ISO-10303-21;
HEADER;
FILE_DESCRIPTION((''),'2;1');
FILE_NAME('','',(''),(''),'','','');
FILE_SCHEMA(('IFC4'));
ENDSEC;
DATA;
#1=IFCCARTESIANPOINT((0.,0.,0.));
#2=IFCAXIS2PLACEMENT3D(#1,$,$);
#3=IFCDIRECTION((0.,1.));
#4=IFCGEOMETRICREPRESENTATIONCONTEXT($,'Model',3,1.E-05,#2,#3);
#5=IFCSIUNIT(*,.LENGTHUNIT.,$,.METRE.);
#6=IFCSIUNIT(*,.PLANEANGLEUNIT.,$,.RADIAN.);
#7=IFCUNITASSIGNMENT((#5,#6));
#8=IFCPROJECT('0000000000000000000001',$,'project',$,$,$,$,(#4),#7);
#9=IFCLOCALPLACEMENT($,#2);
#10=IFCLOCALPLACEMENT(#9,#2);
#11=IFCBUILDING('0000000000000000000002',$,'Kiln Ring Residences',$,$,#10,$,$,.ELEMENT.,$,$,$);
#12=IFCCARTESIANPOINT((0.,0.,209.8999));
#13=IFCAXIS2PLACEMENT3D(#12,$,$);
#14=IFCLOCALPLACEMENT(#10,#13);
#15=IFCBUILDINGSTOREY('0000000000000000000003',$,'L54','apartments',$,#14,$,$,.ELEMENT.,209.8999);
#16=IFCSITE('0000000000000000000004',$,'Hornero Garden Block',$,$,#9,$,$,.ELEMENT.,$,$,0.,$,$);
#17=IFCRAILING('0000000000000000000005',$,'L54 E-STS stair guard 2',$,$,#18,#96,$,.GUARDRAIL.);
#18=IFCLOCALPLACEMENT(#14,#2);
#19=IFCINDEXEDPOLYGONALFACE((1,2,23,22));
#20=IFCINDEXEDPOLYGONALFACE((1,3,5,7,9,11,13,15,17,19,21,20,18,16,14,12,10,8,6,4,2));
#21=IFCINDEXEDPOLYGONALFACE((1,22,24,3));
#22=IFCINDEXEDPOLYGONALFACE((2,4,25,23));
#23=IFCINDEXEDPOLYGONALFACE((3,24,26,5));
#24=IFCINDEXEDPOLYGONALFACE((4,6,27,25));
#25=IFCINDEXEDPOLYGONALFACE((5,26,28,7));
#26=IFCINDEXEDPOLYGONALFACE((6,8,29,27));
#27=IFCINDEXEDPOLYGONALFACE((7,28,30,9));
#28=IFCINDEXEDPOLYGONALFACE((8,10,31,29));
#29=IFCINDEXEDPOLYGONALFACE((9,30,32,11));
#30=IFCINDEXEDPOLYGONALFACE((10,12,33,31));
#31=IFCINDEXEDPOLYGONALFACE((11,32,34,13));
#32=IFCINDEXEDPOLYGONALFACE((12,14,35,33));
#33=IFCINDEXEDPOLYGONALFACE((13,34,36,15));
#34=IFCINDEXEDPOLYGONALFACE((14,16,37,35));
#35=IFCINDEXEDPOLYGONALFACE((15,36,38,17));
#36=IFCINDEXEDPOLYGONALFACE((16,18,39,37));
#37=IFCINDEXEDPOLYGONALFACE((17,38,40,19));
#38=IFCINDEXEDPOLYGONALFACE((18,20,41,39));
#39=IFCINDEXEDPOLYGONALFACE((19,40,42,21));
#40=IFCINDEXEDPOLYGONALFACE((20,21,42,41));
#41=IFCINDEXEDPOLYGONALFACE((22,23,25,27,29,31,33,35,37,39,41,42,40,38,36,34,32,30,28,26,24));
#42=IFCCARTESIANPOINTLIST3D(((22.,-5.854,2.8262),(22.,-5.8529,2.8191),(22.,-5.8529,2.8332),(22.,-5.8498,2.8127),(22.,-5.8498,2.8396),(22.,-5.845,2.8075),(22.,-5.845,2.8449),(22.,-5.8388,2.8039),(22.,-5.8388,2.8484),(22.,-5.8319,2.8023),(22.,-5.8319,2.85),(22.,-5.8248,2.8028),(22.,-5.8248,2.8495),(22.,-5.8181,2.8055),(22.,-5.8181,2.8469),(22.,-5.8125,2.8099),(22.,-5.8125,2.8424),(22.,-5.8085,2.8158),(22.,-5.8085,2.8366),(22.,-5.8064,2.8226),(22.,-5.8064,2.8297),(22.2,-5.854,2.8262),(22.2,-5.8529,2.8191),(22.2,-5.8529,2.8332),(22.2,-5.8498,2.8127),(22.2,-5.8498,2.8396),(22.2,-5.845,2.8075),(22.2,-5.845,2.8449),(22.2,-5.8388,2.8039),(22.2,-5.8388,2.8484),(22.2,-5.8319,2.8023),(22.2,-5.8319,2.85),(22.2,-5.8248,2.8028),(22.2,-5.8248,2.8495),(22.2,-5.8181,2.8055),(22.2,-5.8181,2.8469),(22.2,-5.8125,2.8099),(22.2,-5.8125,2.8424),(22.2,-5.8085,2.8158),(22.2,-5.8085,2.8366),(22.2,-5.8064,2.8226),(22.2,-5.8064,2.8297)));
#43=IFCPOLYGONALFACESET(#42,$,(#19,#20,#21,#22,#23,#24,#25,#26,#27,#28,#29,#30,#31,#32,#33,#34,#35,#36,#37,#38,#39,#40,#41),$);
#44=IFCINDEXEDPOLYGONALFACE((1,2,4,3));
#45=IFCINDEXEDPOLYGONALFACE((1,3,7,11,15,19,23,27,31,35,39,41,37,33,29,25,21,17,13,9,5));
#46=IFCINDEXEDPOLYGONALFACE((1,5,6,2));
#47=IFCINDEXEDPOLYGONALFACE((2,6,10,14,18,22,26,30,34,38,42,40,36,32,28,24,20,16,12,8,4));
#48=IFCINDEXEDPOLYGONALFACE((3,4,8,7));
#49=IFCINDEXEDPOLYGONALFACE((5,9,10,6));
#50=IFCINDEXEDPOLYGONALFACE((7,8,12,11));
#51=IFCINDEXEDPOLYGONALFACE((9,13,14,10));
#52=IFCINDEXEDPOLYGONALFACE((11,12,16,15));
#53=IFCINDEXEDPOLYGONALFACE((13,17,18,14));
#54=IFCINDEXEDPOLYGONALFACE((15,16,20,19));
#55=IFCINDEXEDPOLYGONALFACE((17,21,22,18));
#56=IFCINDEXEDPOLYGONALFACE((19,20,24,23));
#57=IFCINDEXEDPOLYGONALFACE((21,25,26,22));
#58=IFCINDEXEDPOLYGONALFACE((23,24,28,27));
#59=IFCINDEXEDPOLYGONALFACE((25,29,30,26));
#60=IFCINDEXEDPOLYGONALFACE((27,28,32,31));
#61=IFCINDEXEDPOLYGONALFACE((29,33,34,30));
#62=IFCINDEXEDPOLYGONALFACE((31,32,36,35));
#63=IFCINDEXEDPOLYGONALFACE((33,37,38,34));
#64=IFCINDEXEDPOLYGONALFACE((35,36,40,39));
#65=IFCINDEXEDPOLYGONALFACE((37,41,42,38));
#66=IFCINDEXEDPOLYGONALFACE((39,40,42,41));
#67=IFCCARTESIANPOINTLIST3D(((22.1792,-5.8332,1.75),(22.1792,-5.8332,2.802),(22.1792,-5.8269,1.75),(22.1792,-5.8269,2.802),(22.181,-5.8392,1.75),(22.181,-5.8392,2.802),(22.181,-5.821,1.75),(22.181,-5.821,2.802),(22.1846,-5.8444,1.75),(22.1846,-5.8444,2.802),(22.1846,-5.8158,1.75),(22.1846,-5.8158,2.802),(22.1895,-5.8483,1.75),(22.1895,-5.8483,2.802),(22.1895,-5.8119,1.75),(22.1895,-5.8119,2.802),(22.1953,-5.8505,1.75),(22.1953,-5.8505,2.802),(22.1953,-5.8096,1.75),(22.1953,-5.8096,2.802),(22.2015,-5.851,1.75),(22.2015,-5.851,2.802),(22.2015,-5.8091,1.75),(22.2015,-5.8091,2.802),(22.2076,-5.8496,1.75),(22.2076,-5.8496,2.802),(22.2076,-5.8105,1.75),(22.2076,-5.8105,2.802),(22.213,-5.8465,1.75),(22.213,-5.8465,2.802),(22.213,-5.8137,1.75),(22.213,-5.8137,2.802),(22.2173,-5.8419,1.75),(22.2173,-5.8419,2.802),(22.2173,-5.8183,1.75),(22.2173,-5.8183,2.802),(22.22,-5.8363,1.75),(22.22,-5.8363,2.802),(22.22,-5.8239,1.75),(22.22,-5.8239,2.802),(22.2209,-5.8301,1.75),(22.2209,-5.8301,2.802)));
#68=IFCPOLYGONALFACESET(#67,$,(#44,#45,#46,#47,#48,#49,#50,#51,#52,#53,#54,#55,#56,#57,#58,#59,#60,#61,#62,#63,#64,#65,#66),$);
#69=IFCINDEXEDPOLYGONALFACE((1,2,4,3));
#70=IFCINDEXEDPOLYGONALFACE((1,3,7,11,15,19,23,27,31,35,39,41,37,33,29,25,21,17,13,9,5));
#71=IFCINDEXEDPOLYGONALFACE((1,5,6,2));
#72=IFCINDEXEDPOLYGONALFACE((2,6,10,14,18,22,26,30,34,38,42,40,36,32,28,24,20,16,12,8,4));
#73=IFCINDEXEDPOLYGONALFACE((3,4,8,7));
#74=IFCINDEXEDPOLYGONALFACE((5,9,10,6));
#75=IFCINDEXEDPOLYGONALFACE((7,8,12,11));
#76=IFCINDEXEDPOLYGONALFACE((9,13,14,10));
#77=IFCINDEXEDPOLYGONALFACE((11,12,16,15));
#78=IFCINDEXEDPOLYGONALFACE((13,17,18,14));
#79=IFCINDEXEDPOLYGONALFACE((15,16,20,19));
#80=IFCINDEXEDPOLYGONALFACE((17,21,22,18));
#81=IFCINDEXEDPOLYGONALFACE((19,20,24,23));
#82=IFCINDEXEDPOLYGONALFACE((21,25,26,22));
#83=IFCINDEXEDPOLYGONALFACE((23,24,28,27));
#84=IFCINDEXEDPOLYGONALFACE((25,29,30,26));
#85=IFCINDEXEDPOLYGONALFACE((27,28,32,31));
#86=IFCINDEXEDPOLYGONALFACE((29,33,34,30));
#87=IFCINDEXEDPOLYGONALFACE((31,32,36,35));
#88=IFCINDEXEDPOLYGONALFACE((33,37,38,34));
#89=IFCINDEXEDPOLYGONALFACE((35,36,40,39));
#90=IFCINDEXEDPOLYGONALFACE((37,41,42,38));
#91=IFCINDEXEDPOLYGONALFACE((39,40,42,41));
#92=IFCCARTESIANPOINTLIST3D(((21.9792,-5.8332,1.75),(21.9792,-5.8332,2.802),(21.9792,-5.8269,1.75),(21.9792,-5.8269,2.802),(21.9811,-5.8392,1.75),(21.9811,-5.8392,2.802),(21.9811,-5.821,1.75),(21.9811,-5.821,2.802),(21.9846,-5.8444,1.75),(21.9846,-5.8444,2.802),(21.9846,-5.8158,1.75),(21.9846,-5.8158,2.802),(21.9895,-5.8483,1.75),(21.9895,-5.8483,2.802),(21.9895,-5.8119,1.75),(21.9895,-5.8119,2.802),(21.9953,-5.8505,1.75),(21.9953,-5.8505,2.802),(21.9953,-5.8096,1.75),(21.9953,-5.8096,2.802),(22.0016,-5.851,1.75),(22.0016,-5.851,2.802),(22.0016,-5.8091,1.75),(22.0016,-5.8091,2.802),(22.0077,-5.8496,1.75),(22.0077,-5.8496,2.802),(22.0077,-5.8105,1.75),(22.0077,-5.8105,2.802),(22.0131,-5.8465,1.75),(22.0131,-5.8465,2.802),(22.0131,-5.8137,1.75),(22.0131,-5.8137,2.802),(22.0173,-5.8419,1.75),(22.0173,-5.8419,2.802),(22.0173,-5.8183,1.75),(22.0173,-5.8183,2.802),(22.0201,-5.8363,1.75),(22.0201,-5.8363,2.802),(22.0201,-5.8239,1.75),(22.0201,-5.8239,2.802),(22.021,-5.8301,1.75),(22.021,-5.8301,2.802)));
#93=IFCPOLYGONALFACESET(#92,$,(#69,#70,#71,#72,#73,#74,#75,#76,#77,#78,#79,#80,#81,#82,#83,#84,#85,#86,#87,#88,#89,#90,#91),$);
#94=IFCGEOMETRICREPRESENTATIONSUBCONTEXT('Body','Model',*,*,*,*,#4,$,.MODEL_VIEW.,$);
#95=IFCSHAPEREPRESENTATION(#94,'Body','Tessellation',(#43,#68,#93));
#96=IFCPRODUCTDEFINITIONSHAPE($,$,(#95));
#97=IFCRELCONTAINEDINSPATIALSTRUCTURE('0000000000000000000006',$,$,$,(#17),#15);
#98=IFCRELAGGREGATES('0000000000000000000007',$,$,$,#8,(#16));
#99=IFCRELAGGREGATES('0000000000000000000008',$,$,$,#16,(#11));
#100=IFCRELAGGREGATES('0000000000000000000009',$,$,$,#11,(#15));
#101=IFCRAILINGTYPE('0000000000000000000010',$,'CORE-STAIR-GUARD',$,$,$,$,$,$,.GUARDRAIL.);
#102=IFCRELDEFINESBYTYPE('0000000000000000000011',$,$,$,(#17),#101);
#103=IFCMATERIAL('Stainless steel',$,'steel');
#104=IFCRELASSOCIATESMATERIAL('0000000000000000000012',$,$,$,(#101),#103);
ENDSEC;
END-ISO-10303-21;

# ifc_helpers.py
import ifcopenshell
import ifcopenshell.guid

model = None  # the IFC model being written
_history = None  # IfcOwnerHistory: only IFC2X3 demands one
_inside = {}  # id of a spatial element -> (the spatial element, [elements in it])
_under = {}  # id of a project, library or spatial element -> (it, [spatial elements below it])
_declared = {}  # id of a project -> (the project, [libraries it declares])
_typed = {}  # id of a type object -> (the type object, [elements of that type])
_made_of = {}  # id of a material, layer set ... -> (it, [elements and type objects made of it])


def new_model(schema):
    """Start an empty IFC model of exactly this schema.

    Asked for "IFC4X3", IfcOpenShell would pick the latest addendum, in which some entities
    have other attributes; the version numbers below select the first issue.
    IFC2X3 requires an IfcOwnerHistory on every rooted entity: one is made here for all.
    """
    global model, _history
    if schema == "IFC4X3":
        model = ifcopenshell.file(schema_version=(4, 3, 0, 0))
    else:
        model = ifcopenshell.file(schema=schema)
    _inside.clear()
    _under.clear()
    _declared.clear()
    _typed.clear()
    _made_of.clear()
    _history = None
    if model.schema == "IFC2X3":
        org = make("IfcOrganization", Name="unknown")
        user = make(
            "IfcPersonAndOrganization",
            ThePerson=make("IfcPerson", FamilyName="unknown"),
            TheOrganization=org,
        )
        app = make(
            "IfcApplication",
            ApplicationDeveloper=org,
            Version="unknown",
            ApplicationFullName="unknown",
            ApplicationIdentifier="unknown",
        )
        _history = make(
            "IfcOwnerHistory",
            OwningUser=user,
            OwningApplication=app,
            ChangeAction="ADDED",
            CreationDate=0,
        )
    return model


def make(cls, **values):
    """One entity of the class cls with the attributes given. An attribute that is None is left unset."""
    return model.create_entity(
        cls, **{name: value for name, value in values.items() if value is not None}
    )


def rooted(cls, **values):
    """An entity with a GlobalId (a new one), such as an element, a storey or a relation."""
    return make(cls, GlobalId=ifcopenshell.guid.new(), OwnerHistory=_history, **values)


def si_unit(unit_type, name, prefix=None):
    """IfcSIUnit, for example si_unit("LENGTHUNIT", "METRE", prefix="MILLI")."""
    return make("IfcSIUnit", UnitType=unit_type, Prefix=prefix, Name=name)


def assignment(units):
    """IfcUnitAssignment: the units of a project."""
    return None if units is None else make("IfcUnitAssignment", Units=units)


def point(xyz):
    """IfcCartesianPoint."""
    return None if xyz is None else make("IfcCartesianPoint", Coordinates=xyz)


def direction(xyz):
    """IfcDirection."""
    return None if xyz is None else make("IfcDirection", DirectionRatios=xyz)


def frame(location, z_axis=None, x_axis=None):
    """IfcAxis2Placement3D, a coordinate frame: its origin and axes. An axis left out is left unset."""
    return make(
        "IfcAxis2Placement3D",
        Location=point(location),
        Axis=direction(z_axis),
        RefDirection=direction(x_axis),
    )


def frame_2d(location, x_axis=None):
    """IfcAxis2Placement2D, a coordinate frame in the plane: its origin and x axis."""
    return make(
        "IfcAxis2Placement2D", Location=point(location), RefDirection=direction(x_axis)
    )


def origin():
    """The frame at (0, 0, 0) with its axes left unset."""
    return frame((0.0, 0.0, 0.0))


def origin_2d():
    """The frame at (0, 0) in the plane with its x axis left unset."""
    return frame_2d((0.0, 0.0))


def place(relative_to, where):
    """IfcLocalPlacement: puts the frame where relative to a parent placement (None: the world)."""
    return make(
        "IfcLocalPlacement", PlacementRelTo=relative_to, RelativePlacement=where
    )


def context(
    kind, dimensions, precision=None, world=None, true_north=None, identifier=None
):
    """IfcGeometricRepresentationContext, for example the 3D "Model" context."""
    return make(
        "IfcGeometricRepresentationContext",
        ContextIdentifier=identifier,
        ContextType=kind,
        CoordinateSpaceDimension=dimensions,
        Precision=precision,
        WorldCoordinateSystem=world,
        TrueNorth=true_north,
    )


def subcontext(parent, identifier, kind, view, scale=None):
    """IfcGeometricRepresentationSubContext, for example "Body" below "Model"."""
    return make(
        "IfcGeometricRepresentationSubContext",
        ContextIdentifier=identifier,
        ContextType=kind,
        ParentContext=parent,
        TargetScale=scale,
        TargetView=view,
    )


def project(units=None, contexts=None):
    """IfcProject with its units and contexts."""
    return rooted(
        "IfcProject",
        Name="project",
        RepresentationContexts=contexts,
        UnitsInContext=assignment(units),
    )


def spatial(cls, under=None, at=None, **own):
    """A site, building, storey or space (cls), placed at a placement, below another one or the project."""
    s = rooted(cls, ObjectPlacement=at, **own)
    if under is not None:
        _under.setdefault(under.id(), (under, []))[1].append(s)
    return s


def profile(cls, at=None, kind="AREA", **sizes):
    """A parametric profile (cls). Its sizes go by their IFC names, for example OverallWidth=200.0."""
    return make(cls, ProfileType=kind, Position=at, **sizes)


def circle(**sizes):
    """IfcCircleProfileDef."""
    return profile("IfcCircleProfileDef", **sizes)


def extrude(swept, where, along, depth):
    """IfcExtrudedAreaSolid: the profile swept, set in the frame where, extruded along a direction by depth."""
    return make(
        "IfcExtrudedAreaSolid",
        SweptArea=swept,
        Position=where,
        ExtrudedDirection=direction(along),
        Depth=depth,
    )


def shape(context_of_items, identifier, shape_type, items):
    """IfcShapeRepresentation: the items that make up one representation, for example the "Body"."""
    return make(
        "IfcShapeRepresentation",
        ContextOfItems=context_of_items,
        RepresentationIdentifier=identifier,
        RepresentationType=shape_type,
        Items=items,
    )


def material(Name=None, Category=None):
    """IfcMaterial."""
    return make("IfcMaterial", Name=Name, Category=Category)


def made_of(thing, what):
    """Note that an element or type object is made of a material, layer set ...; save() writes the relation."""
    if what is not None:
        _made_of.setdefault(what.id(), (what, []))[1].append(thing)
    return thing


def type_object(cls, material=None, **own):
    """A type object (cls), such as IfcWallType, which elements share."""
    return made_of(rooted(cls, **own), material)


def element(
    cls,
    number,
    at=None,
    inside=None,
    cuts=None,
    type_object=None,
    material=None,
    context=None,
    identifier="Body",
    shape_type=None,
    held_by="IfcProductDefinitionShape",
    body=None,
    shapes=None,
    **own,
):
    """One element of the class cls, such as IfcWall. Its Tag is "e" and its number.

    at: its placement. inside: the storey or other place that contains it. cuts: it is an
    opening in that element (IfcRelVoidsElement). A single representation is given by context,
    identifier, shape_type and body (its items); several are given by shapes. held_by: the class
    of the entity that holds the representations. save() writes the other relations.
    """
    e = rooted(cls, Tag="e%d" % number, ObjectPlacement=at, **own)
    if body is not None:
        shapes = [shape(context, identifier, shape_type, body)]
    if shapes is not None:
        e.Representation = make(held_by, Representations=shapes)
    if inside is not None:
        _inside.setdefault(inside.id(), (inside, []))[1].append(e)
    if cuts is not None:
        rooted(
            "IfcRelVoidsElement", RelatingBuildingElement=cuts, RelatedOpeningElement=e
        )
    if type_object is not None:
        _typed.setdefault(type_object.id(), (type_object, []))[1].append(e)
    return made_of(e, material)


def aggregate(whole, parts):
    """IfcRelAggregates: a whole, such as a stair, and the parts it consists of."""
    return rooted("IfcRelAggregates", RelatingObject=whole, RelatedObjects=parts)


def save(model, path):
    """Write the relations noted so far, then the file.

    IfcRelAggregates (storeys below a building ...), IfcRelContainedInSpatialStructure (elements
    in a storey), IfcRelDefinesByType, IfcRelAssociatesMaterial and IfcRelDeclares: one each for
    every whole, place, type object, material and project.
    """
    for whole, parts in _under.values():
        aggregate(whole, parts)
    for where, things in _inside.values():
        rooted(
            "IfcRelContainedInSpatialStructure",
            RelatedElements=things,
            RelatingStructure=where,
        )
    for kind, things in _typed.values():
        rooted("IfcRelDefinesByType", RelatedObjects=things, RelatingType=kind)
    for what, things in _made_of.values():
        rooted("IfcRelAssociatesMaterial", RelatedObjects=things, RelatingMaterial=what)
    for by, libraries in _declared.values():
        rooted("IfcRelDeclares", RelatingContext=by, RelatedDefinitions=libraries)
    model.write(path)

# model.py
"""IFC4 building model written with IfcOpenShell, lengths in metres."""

from ifc_helpers import new_model, si_unit, direction, frame, origin, origin_2d, place, context, subcontext, project, spatial, circle, extrude, material, type_object, element, save


model = new_model("IFC4")

# Units and contexts
model_context = context("Model", 3, precision=1e-05, world=origin(), true_north=direction((0.0, 1.0)))
body_context = subcontext(model_context, "Body", "Model", "MODEL_VIEW")
ifc_project = project(units=[si_unit("LENGTHUNIT", "METRE"), si_unit("PLANEANGLEUNIT", "RADIAN")], contexts=[model_context])

# Site, building, storey
site_placement = place(None, origin())
site = spatial("IfcSite", under=ifc_project, at=site_placement, Name="Hornero Garden Block", CompositionType="ELEMENT", RefElevation=0.0)
building_placement = place(site_placement, origin())
building = spatial("IfcBuilding", under=site, at=building_placement, Name="Kiln Ring Residences", CompositionType="ELEMENT")
storey_placement = place(building_placement, frame((0.0, 0.0, 209.8999)))
storey = spatial("IfcBuildingStorey", under=building, at=storey_placement, Name="L54", Description="apartments", CompositionType="ELEMENT", Elevation=209.8999)

# Railing
ifc_material_1 = material(Name="Stainless steel", Category="steel")
railing_type_1 = type_object("IfcRailingType", Name="CORE-STAIR-GUARD", PredefinedType="GUARDRAIL", material=ifc_material_1)
railing_1_placement = place(storey_placement, frame((22.2, -5.8301, 1.75)))
element("IfcRailing", 1, at=railing_1_placement, inside=storey, type_object=railing_type_1, Name="L54 E-STS stair guard 2", PredefinedType="GUARDRAIL", context=body_context, shape_type="SweptSolid", body=[
    extrude(circle(Radius=0.0239, at=origin_2d()), frame((0.0, 0.0, 1.0762), z_axis=(-1.0, 0.0, 0.0), x_axis=(0.0, -1.0, 0.0)), (0.0, 0.0, 1.0), 0.2),
    extrude(circle(Radius=0.021, at=origin_2d()), origin(), (0.0, 0.0, 1.0), 1.052),
    extrude(circle(Radius=0.021, at=origin_2d()), frame((-0.2, 0.0, 0.0)), (0.0, 0.0, 1.0), 1.052),
])

save(model, "model.ifc")
